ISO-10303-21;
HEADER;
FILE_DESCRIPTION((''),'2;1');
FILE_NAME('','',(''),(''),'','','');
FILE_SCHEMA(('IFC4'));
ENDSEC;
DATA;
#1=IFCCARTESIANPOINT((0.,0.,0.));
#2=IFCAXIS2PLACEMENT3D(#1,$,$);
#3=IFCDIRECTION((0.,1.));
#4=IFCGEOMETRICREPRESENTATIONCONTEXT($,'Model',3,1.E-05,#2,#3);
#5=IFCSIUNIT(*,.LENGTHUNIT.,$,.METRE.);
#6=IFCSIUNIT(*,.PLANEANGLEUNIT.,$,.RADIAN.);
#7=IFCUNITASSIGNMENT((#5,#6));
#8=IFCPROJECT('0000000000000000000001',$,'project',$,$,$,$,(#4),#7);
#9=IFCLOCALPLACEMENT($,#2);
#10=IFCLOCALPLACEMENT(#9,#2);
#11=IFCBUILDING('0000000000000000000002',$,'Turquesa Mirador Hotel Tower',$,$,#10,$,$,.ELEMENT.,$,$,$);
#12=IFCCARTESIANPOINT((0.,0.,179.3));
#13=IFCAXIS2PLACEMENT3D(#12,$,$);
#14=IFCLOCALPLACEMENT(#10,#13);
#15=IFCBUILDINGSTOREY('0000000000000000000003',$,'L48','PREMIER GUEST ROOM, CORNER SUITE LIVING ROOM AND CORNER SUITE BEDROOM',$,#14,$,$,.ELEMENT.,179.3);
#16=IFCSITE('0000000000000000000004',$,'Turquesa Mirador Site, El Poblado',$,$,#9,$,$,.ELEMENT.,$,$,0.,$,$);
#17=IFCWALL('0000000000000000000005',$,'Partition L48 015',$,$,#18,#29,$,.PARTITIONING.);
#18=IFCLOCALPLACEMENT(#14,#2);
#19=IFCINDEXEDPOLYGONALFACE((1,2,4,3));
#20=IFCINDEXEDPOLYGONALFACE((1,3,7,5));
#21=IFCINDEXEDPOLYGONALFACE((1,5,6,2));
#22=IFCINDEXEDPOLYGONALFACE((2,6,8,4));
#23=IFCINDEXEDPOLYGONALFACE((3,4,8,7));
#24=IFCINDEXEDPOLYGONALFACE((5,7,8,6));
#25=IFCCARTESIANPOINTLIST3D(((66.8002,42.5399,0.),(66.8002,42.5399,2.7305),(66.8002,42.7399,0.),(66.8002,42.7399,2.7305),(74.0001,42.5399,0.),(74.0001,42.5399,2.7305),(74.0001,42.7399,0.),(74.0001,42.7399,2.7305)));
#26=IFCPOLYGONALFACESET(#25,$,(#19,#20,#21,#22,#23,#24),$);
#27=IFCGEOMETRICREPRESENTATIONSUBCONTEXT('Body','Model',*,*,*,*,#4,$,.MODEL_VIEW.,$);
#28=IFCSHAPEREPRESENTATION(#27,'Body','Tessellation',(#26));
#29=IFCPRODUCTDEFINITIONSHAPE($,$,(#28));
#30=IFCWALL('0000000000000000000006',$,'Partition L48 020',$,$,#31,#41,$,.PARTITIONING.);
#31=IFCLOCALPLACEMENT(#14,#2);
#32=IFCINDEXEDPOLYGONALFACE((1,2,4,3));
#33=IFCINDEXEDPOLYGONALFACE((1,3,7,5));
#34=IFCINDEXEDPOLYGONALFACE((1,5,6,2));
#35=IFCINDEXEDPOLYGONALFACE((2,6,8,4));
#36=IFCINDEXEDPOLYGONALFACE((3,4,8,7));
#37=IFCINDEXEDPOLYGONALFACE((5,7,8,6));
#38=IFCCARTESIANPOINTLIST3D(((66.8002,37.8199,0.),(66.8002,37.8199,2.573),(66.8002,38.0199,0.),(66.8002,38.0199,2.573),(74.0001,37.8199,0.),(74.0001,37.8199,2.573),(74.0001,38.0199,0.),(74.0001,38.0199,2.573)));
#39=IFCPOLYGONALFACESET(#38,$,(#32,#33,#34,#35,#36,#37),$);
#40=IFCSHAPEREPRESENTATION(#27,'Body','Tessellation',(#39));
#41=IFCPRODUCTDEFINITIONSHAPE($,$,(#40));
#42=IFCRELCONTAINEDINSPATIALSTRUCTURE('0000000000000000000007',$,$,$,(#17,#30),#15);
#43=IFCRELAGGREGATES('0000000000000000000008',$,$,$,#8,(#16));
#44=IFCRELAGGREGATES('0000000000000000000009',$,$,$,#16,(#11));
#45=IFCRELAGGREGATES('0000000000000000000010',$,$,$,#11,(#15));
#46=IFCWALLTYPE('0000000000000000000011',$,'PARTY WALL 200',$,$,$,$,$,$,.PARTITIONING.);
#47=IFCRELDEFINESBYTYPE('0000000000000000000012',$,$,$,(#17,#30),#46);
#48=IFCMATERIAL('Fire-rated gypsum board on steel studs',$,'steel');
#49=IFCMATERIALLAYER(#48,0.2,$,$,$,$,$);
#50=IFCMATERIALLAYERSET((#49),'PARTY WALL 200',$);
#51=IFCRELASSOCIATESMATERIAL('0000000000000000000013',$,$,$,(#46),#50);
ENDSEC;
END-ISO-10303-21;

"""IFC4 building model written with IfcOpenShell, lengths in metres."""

from ifc_helpers import new_model, si_unit, direction, frame, frame_2d, origin, place, context, subcontext, project, spatial, rectangle, extrude, material, layer, layer_set, type_object, element, save


model = new_model("IFC4")

# Units and contexts
model_context = context("Model", 3, precision=1e-05, world=origin(), true_north=direction((0.0, 1.0)))
body_context = subcontext(model_context, "Body", "Model", "MODEL_VIEW")
ifc_project = project(units=[si_unit("LENGTHUNIT", "METRE"), si_unit("PLANEANGLEUNIT", "RADIAN")], contexts=[model_context])

# Site, building, storey
site_placement = place(None, origin())
site = spatial("IfcSite", under=ifc_project, at=site_placement, Name="Turquesa Mirador Site, El Poblado", CompositionType="ELEMENT", RefElevation=0.0)
building_placement = place(site_placement, origin())
building = spatial("IfcBuilding", under=site, at=building_placement, Name="Turquesa Mirador Hotel Tower", CompositionType="ELEMENT")
storey_placement = place(building_placement, frame((0.0, 0.0, 179.3)))
storey = spatial("IfcBuildingStorey", under=building, at=storey_placement, Name="L48", Description="PREMIER GUEST ROOM, CORNER SUITE LIVING ROOM AND CORNER SUITE BEDROOM", CompositionType="ELEMENT", Elevation=179.3)

# Walls
ifc_material_1 = material(Name="Fire-rated gypsum board on steel studs", Category="steel")
ifc_layer_1 = layer(ifc_material_1, 0.2)
ifc_layer_set_1 = layer_set([ifc_layer_1], Name="PARTY WALL 200")
wall_type_1 = type_object("IfcWallType", Name="PARTY WALL 200", PredefinedType="PARTITIONING", material=ifc_layer_set_1)
wall_1_placement = place(storey_placement, frame((66.8, 42.6399, 0.0), z_axis=(0.0, 0.0, 1.0), x_axis=(1.0, 0.0, 0.0)))
element("IfcWall", 1, at=wall_1_placement, inside=storey, type_object=wall_type_1, Name="Partition L48 015", PredefinedType="PARTITIONING", context=body_context, shape_type="SweptSolid", body=[
    extrude(rectangle(XDim=7.2, YDim=0.2, at=frame_2d((3.6001, 0.0))), origin(), (0.0, 0.0, 1.0), 2.7305),
])
wall_2_placement = place(storey_placement, frame((66.8, 37.9199, 0.0), z_axis=(0.0, 0.0, 1.0), x_axis=(1.0, 0.0, 0.0)))
element("IfcWall", 2, at=wall_2_placement, inside=storey, type_object=wall_type_1, Name="Partition L48 020", PredefinedType="PARTITIONING", context=body_context, shape_type="SweptSolid", body=[
    extrude(rectangle(XDim=7.2, YDim=0.2, at=frame_2d((3.6001, 0.0))), origin(), (0.0, 0.0, 1.0), 2.573),
])

save(model, "model.ifc")
